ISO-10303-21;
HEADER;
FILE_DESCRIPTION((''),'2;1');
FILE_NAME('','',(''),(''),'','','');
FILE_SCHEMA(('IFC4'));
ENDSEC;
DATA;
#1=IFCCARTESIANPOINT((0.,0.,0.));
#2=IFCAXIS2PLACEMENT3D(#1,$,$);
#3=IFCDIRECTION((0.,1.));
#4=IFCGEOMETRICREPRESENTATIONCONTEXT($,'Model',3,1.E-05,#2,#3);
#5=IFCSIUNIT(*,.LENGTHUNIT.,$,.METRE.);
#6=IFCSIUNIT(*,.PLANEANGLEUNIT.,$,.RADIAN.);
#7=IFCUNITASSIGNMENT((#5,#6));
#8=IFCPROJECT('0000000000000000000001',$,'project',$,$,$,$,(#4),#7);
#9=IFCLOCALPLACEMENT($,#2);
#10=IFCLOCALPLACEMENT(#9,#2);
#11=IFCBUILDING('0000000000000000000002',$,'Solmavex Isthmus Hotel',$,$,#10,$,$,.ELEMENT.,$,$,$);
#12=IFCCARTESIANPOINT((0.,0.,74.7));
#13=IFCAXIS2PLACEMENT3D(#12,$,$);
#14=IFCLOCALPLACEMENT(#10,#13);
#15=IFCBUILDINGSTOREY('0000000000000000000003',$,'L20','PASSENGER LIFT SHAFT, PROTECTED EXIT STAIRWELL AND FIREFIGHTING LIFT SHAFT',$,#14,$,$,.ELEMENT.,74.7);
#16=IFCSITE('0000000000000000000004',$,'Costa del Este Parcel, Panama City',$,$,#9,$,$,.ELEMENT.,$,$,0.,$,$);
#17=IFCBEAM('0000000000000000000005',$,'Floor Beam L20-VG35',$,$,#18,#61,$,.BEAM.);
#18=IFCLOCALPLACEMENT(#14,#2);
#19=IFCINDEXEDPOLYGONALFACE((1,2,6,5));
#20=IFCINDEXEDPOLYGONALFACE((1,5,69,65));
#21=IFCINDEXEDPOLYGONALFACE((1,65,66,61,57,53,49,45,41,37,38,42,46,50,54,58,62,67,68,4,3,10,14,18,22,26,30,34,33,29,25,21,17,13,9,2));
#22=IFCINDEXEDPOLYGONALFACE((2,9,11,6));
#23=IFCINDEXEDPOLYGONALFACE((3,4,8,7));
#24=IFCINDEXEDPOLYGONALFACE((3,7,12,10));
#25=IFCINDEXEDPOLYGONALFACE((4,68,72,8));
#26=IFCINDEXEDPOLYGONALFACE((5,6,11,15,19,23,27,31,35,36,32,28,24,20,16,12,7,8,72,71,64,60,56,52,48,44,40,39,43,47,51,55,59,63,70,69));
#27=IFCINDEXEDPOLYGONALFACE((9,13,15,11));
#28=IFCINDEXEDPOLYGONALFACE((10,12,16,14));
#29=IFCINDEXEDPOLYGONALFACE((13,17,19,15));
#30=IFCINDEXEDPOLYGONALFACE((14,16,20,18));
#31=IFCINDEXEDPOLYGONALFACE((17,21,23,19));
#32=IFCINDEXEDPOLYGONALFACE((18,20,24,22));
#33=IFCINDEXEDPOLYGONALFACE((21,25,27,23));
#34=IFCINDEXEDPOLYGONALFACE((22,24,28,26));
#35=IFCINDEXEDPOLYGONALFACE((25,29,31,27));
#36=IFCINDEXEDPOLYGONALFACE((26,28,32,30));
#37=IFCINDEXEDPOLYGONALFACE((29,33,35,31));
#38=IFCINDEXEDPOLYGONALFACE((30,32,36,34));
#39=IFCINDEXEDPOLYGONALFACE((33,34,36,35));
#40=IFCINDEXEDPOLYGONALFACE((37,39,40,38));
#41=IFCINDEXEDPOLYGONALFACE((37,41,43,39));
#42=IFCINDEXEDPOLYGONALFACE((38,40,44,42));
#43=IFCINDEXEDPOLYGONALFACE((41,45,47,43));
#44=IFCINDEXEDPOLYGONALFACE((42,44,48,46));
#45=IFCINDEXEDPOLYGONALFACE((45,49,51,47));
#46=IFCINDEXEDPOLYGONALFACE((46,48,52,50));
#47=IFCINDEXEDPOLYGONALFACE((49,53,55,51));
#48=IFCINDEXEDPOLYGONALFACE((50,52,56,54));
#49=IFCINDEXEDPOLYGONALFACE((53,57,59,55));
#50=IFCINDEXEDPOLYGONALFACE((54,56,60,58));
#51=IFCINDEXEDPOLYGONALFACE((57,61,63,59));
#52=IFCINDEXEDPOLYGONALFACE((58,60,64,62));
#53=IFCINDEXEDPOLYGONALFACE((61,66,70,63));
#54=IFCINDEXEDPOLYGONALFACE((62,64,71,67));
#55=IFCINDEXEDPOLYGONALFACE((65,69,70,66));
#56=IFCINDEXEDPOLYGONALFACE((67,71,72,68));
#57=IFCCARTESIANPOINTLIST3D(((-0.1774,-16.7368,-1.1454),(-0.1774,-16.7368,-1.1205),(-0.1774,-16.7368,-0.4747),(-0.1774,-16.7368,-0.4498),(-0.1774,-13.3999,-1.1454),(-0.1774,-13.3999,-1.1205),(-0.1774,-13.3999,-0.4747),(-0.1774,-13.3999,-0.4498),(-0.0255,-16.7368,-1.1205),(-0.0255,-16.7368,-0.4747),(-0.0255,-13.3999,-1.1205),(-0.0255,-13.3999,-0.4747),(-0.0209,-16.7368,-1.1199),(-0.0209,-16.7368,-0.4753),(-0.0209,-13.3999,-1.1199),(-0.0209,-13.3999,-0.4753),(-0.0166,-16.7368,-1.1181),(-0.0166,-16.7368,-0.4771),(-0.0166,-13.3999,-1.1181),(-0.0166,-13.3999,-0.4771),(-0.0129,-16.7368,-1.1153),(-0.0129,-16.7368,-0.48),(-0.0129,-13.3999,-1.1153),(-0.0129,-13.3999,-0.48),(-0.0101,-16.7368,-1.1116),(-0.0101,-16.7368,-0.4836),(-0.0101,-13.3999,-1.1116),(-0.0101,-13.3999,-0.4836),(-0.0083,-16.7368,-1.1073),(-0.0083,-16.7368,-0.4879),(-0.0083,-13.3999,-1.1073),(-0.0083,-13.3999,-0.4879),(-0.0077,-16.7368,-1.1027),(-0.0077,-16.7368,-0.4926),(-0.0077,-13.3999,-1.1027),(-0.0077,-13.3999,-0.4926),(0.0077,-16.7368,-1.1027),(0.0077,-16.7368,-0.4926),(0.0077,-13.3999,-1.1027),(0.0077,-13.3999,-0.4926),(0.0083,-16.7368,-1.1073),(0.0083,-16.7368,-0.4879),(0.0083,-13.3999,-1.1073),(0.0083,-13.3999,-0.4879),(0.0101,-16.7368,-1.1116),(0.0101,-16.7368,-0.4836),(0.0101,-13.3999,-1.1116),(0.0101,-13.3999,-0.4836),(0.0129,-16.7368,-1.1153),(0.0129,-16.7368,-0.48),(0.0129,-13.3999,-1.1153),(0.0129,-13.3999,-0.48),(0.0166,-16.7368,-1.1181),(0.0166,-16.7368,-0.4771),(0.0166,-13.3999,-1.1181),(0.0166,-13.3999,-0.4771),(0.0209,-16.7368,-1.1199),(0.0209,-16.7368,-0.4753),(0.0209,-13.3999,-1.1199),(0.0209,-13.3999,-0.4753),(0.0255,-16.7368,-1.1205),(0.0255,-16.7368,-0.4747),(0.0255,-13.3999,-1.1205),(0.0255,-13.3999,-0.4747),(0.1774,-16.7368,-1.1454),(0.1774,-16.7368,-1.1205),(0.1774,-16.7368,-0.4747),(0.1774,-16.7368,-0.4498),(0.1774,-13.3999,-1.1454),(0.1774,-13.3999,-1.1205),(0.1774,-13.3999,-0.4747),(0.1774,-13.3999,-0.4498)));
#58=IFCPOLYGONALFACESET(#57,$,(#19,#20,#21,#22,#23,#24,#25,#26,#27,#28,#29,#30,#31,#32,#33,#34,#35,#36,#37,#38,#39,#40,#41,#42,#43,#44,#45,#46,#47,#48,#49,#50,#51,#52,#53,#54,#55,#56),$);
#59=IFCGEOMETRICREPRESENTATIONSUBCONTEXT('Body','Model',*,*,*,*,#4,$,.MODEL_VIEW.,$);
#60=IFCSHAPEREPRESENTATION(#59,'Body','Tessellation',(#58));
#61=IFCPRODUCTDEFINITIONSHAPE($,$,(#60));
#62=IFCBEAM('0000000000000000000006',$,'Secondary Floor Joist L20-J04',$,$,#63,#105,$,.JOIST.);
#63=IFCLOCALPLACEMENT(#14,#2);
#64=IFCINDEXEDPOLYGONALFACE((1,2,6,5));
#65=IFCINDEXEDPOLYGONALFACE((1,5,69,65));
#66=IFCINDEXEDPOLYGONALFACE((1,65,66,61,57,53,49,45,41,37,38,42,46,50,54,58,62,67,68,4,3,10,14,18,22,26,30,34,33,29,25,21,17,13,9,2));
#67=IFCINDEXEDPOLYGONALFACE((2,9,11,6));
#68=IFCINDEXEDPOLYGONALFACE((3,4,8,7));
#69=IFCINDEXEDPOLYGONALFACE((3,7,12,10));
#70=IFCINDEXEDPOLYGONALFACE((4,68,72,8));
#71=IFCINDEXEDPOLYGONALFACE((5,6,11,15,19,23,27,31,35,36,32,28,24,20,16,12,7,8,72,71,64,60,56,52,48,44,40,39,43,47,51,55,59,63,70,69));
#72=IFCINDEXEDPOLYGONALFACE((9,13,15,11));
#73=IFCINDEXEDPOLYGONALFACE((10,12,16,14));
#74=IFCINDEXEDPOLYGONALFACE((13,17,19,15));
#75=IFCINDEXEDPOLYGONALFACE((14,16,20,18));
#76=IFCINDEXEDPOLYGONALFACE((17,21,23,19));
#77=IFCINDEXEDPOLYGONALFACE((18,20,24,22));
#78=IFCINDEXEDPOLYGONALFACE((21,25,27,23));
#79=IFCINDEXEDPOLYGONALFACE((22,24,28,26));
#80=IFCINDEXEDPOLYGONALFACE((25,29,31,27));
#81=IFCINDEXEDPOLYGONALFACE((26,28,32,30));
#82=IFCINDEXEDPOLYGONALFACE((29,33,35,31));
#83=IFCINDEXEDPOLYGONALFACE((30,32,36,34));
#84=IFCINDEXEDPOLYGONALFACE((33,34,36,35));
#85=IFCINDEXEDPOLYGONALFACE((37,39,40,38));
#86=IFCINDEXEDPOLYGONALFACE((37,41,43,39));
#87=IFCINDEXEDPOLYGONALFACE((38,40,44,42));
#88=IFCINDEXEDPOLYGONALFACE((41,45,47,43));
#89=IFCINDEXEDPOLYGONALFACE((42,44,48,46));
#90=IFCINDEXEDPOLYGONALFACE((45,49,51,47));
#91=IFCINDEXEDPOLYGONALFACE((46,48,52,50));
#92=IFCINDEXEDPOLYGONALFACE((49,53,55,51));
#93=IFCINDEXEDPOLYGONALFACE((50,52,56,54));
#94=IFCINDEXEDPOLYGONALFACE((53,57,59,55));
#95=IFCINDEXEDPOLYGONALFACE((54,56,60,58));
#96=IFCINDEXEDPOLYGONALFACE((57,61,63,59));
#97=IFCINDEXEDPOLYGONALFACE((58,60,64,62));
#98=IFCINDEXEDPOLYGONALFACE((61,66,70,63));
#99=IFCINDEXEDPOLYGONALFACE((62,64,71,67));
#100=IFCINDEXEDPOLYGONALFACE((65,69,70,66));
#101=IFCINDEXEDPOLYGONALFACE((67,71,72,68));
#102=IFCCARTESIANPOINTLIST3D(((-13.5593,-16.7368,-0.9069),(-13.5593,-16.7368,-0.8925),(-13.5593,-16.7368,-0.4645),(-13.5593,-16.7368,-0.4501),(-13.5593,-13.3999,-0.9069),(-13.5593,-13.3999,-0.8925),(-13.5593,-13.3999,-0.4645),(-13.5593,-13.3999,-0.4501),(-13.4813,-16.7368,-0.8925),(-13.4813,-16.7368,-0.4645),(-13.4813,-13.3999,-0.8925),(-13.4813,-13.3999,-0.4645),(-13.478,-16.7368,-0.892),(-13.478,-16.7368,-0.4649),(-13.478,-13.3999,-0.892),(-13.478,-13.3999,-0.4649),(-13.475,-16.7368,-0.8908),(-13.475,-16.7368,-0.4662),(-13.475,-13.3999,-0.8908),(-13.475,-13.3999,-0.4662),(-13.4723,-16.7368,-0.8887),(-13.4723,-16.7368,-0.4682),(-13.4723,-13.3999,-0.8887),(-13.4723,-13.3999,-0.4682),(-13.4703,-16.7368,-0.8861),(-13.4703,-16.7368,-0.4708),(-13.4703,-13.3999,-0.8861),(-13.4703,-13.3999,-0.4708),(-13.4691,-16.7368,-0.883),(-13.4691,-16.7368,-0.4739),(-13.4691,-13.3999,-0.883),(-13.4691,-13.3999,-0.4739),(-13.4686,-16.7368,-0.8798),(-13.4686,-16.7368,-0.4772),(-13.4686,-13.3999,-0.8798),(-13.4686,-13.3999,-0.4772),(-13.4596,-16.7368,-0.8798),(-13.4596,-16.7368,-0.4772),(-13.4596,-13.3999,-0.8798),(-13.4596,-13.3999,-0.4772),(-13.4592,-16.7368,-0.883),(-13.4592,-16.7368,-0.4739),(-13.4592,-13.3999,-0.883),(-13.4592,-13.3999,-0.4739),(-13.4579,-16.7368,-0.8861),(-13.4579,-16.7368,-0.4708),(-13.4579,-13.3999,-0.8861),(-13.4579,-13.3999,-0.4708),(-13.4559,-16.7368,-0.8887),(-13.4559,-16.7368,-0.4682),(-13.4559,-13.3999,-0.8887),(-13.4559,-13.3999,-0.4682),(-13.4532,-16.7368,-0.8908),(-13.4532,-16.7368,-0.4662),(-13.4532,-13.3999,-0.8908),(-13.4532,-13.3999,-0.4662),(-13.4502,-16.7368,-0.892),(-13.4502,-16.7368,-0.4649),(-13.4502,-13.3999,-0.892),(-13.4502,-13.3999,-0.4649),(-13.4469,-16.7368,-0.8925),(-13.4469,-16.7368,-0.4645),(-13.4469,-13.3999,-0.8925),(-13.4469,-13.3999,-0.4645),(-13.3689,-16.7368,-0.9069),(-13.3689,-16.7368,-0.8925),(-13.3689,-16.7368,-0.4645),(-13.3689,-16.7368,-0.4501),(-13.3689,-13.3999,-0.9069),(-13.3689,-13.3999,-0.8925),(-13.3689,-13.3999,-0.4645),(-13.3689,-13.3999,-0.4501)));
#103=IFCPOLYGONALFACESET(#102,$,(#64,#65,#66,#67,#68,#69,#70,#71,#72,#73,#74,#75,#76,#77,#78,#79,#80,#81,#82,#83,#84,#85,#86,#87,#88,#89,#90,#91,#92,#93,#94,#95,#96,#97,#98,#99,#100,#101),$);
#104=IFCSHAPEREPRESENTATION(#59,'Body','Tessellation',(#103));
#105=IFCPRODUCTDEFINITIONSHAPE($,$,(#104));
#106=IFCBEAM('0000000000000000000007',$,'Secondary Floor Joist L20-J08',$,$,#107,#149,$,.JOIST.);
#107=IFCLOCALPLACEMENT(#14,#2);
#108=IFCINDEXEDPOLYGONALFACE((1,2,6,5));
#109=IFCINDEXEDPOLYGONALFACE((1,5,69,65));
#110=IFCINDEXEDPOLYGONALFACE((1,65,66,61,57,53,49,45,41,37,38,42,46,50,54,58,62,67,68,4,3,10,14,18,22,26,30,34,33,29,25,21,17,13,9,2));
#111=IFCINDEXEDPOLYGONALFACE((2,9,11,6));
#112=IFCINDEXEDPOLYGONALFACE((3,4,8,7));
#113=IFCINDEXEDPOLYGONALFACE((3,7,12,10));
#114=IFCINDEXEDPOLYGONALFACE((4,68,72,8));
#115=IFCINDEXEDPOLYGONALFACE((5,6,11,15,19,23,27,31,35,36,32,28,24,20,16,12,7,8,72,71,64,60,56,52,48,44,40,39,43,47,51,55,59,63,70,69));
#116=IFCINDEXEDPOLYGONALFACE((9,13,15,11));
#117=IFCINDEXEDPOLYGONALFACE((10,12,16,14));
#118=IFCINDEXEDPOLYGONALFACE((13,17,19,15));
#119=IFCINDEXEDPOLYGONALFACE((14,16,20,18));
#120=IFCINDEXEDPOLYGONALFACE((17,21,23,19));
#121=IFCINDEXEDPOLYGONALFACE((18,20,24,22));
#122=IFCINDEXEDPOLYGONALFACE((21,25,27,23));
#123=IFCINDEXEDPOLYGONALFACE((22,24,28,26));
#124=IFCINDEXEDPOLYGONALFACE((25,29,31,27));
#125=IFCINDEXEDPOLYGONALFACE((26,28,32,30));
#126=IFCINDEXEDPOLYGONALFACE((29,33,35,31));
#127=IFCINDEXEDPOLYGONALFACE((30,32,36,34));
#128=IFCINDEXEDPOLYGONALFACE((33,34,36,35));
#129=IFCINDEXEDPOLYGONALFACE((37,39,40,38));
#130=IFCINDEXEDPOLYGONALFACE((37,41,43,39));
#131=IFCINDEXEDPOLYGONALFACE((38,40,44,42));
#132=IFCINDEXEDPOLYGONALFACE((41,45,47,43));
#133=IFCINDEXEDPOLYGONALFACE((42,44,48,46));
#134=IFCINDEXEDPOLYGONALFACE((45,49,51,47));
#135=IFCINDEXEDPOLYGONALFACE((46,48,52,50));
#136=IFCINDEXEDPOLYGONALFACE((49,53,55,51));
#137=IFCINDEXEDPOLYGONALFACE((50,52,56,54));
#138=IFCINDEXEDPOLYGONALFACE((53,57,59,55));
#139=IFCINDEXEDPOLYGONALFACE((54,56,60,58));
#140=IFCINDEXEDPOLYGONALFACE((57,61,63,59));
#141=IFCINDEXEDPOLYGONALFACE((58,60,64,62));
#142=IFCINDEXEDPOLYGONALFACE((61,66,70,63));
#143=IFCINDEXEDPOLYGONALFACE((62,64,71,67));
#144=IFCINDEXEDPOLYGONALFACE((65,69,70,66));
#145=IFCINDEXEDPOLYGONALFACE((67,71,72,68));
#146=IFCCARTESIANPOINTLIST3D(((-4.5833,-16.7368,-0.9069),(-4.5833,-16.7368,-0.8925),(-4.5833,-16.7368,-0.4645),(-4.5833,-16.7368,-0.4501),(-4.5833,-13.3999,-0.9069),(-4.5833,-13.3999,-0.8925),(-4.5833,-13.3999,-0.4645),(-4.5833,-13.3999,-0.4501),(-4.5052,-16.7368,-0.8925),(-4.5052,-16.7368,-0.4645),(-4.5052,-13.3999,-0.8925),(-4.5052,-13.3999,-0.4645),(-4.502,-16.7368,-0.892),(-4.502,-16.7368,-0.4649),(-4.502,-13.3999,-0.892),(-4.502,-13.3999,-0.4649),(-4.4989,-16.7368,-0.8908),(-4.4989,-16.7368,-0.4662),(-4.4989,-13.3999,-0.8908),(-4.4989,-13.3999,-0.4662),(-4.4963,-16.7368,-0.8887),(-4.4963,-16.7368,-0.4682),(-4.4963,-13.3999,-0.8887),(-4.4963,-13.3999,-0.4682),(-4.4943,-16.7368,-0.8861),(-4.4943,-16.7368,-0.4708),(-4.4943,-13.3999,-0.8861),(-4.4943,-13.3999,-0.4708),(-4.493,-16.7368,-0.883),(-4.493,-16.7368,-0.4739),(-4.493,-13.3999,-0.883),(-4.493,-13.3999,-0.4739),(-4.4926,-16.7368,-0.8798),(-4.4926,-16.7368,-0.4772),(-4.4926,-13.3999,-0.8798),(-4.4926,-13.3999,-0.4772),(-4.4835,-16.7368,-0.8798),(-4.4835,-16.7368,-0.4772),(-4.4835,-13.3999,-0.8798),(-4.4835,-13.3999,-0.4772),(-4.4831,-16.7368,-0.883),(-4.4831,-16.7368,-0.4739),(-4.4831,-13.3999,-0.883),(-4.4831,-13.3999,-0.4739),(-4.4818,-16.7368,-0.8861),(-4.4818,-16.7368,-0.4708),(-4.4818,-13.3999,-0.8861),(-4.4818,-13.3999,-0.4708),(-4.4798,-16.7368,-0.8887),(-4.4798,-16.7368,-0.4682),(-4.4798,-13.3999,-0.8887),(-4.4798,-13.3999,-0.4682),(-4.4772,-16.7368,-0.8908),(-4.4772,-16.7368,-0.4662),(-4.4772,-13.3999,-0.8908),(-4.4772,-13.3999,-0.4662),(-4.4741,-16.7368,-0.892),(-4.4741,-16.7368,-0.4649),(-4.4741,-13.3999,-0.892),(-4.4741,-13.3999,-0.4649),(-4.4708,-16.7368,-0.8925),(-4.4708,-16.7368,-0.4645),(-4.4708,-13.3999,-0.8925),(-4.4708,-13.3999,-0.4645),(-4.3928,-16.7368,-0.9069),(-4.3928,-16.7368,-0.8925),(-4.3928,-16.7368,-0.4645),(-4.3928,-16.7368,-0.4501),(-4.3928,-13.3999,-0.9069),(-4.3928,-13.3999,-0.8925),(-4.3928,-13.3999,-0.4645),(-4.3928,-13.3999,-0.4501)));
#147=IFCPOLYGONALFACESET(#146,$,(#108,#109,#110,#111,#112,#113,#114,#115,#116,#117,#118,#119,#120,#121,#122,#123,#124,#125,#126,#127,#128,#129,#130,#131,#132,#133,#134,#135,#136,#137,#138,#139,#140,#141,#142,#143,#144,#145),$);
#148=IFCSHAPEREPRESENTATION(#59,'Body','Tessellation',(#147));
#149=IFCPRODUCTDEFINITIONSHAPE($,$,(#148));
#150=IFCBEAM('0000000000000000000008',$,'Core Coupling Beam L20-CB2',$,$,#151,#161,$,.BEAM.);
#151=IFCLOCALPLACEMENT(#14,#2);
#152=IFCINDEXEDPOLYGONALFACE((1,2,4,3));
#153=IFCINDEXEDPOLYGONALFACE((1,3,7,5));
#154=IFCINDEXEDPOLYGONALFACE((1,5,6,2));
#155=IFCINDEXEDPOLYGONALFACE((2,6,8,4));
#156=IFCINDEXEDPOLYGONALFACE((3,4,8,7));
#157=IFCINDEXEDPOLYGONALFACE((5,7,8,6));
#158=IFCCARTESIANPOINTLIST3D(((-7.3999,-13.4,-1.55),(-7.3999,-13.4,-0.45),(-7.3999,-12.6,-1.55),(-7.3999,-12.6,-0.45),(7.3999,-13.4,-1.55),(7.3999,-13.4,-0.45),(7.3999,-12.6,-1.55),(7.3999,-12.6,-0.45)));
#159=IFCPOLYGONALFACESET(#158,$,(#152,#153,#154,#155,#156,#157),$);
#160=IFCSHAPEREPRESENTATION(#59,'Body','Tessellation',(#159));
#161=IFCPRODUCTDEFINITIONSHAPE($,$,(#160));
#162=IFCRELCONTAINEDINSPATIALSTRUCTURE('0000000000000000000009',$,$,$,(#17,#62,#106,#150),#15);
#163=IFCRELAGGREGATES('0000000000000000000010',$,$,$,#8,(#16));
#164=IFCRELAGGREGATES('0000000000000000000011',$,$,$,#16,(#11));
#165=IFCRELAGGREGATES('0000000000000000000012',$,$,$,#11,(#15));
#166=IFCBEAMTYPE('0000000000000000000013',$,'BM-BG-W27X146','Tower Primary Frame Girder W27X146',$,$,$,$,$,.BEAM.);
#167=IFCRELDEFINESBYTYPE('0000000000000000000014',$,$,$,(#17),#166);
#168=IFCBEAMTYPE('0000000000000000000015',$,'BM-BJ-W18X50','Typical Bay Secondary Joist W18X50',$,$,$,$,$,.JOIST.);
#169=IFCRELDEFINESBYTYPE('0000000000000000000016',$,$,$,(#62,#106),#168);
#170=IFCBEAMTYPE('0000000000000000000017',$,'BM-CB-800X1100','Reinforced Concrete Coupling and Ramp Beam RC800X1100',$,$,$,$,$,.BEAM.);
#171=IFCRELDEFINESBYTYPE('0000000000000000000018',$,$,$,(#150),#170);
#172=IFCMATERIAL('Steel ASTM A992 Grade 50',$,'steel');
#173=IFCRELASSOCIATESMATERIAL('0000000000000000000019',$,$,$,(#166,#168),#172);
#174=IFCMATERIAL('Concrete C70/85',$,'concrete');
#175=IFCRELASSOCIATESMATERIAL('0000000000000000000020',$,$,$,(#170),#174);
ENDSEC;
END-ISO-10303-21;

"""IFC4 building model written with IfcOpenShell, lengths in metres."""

from ifc_helpers import new_model, si_unit, direction, frame, origin, origin_2d, place, context, subcontext, project, spatial, rectangle, i_section, extrude, material, material_profile, profile_set, type_object, element, save


model = new_model("IFC4")

# Units and contexts
model_context = context("Model", 3, precision=1e-05, world=origin(), true_north=direction((0.0, 1.0)))
body_context = subcontext(model_context, "Body", "Model", "MODEL_VIEW")
ifc_project = project(units=[si_unit("LENGTHUNIT", "METRE"), si_unit("PLANEANGLEUNIT", "RADIAN")], contexts=[model_context])

# Site, building, storey
site_placement = place(None, origin())
site = spatial("IfcSite", under=ifc_project, at=site_placement, Name="Costa del Este Parcel, Panama City", CompositionType="ELEMENT", RefElevation=0.0)
building_placement = place(site_placement, origin())
building = spatial("IfcBuilding", under=site, at=building_placement, Name="Solmavex Isthmus Hotel", CompositionType="ELEMENT")
storey_placement = place(building_placement, frame((0.0, 0.0, 74.7)))
storey = spatial("IfcBuildingStorey", under=building, at=storey_placement, Name="L20", Description="PASSENGER LIFT SHAFT, PROTECTED EXIT STAIRWELL AND FIREFIGHTING LIFT SHAFT", CompositionType="ELEMENT", Elevation=74.7)

# Shared definitions
ifc_material_1 = material(Name="Concrete C70/85", Category="concrete")

# Beams
ifc_material_2 = material(Name="Steel ASTM A992 Grade 50", Category="steel")
ifc_material_profile_1 = material_profile(ifc_material_2, i_section(OverallWidth=0.3547, OverallDepth=0.6956, WebThickness=0.0154, FlangeThickness=0.0249, FilletRadius=0.0178, at=origin_2d()), Name="W27X146")
ifc_profile_set_1 = profile_set([ifc_material_profile_1], Name="Steel ASTM A992 Grade 50")
beam_type_1 = type_object("IfcBeamType", Name="BM-BG-W27X146", Description="Tower Primary Frame Girder W27X146", PredefinedType="BEAM", material=ifc_profile_set_1)
for number, where, z_axis, x_axis, name in (
    (1, (0.0, -16.7368, -0.7976), (0.0, 1.0, 0.0), (-1.0, 0.0, 0.0), "Floor Beam L20-VG35"),
):
    element("IfcBeam", number, at=place(storey_placement, frame(where, z_axis=z_axis, x_axis=x_axis)), inside=storey, type_object=beam_type_1, Name=name, PredefinedType="BEAM", context=body_context, shape_type="SweptSolid", body=[
        extrude(i_section(OverallWidth=0.3547, OverallDepth=0.6956, WebThickness=0.0154, FlangeThickness=0.0249, FilletRadius=0.0178, at=origin_2d()), origin(), (0.0, 0.0, 1.0), 3.3369),
    ])
ifc_material_profile_2 = material_profile(ifc_material_2, i_section(OverallWidth=0.1904, OverallDepth=0.4568, WebThickness=0.009, FlangeThickness=0.0144, FilletRadius=0.0127, at=origin_2d()), Name="W18X50")
ifc_profile_set_2 = profile_set([ifc_material_profile_2], Name="Steel ASTM A992 Grade 50")
beam_type_2 = type_object("IfcBeamType", Name="BM-BJ-W18X50", Description="Typical Bay Secondary Joist W18X50", PredefinedType="JOIST", material=ifc_profile_set_2)
for number, where, z_axis, x_axis, name in (
    (2, (-13.4641, -16.7368, -0.6785), (0.0, 1.0, 0.0), (-1.0, 0.0, 0.0), "Secondary Floor Joist L20-J04"),
    (3, (-4.488, -16.7368, -0.6785), (0.0, 1.0, 0.0), (-1.0, 0.0, 0.0), "Secondary Floor Joist L20-J08"),
):
    element("IfcBeam", number, at=place(storey_placement, frame(where, z_axis=z_axis, x_axis=x_axis)), inside=storey, type_object=beam_type_2, Name=name, PredefinedType="JOIST", context=body_context, shape_type="SweptSolid", body=[
        extrude(i_section(OverallWidth=0.1904, OverallDepth=0.4568, WebThickness=0.009, FlangeThickness=0.0144, FilletRadius=0.0127, at=origin_2d()), origin(), (0.0, 0.0, 1.0), 3.3369),
    ])
ifc_material_profile_3 = material_profile(ifc_material_1, rectangle(XDim=0.8, YDim=1.1001, at=origin_2d()), Name="RC800X1100")
ifc_profile_set_3 = profile_set([ifc_material_profile_3], Name="Concrete C70/85")
beam_type_3 = type_object("IfcBeamType", Name="BM-CB-800X1100", Description="Reinforced Concrete Coupling and Ramp Beam RC800X1100", PredefinedType="BEAM", material=ifc_profile_set_3)
beam_1_placement = place(storey_placement, frame((-7.3999, -13.0, -1.0), z_axis=(1.0, 0.0, 0.0), x_axis=(0.0, 1.0, 0.0)))
element("IfcBeam", 4, at=beam_1_placement, inside=storey, type_object=beam_type_3, Name="Core Coupling Beam L20-CB2", PredefinedType="BEAM", context=body_context, shape_type="SweptSolid", body=[
    extrude(rectangle(XDim=0.8, YDim=1.1001, at=origin_2d()), origin(), (0.0, 0.0, 1.0), 14.7998),
])

save(model, "model.ifc")
